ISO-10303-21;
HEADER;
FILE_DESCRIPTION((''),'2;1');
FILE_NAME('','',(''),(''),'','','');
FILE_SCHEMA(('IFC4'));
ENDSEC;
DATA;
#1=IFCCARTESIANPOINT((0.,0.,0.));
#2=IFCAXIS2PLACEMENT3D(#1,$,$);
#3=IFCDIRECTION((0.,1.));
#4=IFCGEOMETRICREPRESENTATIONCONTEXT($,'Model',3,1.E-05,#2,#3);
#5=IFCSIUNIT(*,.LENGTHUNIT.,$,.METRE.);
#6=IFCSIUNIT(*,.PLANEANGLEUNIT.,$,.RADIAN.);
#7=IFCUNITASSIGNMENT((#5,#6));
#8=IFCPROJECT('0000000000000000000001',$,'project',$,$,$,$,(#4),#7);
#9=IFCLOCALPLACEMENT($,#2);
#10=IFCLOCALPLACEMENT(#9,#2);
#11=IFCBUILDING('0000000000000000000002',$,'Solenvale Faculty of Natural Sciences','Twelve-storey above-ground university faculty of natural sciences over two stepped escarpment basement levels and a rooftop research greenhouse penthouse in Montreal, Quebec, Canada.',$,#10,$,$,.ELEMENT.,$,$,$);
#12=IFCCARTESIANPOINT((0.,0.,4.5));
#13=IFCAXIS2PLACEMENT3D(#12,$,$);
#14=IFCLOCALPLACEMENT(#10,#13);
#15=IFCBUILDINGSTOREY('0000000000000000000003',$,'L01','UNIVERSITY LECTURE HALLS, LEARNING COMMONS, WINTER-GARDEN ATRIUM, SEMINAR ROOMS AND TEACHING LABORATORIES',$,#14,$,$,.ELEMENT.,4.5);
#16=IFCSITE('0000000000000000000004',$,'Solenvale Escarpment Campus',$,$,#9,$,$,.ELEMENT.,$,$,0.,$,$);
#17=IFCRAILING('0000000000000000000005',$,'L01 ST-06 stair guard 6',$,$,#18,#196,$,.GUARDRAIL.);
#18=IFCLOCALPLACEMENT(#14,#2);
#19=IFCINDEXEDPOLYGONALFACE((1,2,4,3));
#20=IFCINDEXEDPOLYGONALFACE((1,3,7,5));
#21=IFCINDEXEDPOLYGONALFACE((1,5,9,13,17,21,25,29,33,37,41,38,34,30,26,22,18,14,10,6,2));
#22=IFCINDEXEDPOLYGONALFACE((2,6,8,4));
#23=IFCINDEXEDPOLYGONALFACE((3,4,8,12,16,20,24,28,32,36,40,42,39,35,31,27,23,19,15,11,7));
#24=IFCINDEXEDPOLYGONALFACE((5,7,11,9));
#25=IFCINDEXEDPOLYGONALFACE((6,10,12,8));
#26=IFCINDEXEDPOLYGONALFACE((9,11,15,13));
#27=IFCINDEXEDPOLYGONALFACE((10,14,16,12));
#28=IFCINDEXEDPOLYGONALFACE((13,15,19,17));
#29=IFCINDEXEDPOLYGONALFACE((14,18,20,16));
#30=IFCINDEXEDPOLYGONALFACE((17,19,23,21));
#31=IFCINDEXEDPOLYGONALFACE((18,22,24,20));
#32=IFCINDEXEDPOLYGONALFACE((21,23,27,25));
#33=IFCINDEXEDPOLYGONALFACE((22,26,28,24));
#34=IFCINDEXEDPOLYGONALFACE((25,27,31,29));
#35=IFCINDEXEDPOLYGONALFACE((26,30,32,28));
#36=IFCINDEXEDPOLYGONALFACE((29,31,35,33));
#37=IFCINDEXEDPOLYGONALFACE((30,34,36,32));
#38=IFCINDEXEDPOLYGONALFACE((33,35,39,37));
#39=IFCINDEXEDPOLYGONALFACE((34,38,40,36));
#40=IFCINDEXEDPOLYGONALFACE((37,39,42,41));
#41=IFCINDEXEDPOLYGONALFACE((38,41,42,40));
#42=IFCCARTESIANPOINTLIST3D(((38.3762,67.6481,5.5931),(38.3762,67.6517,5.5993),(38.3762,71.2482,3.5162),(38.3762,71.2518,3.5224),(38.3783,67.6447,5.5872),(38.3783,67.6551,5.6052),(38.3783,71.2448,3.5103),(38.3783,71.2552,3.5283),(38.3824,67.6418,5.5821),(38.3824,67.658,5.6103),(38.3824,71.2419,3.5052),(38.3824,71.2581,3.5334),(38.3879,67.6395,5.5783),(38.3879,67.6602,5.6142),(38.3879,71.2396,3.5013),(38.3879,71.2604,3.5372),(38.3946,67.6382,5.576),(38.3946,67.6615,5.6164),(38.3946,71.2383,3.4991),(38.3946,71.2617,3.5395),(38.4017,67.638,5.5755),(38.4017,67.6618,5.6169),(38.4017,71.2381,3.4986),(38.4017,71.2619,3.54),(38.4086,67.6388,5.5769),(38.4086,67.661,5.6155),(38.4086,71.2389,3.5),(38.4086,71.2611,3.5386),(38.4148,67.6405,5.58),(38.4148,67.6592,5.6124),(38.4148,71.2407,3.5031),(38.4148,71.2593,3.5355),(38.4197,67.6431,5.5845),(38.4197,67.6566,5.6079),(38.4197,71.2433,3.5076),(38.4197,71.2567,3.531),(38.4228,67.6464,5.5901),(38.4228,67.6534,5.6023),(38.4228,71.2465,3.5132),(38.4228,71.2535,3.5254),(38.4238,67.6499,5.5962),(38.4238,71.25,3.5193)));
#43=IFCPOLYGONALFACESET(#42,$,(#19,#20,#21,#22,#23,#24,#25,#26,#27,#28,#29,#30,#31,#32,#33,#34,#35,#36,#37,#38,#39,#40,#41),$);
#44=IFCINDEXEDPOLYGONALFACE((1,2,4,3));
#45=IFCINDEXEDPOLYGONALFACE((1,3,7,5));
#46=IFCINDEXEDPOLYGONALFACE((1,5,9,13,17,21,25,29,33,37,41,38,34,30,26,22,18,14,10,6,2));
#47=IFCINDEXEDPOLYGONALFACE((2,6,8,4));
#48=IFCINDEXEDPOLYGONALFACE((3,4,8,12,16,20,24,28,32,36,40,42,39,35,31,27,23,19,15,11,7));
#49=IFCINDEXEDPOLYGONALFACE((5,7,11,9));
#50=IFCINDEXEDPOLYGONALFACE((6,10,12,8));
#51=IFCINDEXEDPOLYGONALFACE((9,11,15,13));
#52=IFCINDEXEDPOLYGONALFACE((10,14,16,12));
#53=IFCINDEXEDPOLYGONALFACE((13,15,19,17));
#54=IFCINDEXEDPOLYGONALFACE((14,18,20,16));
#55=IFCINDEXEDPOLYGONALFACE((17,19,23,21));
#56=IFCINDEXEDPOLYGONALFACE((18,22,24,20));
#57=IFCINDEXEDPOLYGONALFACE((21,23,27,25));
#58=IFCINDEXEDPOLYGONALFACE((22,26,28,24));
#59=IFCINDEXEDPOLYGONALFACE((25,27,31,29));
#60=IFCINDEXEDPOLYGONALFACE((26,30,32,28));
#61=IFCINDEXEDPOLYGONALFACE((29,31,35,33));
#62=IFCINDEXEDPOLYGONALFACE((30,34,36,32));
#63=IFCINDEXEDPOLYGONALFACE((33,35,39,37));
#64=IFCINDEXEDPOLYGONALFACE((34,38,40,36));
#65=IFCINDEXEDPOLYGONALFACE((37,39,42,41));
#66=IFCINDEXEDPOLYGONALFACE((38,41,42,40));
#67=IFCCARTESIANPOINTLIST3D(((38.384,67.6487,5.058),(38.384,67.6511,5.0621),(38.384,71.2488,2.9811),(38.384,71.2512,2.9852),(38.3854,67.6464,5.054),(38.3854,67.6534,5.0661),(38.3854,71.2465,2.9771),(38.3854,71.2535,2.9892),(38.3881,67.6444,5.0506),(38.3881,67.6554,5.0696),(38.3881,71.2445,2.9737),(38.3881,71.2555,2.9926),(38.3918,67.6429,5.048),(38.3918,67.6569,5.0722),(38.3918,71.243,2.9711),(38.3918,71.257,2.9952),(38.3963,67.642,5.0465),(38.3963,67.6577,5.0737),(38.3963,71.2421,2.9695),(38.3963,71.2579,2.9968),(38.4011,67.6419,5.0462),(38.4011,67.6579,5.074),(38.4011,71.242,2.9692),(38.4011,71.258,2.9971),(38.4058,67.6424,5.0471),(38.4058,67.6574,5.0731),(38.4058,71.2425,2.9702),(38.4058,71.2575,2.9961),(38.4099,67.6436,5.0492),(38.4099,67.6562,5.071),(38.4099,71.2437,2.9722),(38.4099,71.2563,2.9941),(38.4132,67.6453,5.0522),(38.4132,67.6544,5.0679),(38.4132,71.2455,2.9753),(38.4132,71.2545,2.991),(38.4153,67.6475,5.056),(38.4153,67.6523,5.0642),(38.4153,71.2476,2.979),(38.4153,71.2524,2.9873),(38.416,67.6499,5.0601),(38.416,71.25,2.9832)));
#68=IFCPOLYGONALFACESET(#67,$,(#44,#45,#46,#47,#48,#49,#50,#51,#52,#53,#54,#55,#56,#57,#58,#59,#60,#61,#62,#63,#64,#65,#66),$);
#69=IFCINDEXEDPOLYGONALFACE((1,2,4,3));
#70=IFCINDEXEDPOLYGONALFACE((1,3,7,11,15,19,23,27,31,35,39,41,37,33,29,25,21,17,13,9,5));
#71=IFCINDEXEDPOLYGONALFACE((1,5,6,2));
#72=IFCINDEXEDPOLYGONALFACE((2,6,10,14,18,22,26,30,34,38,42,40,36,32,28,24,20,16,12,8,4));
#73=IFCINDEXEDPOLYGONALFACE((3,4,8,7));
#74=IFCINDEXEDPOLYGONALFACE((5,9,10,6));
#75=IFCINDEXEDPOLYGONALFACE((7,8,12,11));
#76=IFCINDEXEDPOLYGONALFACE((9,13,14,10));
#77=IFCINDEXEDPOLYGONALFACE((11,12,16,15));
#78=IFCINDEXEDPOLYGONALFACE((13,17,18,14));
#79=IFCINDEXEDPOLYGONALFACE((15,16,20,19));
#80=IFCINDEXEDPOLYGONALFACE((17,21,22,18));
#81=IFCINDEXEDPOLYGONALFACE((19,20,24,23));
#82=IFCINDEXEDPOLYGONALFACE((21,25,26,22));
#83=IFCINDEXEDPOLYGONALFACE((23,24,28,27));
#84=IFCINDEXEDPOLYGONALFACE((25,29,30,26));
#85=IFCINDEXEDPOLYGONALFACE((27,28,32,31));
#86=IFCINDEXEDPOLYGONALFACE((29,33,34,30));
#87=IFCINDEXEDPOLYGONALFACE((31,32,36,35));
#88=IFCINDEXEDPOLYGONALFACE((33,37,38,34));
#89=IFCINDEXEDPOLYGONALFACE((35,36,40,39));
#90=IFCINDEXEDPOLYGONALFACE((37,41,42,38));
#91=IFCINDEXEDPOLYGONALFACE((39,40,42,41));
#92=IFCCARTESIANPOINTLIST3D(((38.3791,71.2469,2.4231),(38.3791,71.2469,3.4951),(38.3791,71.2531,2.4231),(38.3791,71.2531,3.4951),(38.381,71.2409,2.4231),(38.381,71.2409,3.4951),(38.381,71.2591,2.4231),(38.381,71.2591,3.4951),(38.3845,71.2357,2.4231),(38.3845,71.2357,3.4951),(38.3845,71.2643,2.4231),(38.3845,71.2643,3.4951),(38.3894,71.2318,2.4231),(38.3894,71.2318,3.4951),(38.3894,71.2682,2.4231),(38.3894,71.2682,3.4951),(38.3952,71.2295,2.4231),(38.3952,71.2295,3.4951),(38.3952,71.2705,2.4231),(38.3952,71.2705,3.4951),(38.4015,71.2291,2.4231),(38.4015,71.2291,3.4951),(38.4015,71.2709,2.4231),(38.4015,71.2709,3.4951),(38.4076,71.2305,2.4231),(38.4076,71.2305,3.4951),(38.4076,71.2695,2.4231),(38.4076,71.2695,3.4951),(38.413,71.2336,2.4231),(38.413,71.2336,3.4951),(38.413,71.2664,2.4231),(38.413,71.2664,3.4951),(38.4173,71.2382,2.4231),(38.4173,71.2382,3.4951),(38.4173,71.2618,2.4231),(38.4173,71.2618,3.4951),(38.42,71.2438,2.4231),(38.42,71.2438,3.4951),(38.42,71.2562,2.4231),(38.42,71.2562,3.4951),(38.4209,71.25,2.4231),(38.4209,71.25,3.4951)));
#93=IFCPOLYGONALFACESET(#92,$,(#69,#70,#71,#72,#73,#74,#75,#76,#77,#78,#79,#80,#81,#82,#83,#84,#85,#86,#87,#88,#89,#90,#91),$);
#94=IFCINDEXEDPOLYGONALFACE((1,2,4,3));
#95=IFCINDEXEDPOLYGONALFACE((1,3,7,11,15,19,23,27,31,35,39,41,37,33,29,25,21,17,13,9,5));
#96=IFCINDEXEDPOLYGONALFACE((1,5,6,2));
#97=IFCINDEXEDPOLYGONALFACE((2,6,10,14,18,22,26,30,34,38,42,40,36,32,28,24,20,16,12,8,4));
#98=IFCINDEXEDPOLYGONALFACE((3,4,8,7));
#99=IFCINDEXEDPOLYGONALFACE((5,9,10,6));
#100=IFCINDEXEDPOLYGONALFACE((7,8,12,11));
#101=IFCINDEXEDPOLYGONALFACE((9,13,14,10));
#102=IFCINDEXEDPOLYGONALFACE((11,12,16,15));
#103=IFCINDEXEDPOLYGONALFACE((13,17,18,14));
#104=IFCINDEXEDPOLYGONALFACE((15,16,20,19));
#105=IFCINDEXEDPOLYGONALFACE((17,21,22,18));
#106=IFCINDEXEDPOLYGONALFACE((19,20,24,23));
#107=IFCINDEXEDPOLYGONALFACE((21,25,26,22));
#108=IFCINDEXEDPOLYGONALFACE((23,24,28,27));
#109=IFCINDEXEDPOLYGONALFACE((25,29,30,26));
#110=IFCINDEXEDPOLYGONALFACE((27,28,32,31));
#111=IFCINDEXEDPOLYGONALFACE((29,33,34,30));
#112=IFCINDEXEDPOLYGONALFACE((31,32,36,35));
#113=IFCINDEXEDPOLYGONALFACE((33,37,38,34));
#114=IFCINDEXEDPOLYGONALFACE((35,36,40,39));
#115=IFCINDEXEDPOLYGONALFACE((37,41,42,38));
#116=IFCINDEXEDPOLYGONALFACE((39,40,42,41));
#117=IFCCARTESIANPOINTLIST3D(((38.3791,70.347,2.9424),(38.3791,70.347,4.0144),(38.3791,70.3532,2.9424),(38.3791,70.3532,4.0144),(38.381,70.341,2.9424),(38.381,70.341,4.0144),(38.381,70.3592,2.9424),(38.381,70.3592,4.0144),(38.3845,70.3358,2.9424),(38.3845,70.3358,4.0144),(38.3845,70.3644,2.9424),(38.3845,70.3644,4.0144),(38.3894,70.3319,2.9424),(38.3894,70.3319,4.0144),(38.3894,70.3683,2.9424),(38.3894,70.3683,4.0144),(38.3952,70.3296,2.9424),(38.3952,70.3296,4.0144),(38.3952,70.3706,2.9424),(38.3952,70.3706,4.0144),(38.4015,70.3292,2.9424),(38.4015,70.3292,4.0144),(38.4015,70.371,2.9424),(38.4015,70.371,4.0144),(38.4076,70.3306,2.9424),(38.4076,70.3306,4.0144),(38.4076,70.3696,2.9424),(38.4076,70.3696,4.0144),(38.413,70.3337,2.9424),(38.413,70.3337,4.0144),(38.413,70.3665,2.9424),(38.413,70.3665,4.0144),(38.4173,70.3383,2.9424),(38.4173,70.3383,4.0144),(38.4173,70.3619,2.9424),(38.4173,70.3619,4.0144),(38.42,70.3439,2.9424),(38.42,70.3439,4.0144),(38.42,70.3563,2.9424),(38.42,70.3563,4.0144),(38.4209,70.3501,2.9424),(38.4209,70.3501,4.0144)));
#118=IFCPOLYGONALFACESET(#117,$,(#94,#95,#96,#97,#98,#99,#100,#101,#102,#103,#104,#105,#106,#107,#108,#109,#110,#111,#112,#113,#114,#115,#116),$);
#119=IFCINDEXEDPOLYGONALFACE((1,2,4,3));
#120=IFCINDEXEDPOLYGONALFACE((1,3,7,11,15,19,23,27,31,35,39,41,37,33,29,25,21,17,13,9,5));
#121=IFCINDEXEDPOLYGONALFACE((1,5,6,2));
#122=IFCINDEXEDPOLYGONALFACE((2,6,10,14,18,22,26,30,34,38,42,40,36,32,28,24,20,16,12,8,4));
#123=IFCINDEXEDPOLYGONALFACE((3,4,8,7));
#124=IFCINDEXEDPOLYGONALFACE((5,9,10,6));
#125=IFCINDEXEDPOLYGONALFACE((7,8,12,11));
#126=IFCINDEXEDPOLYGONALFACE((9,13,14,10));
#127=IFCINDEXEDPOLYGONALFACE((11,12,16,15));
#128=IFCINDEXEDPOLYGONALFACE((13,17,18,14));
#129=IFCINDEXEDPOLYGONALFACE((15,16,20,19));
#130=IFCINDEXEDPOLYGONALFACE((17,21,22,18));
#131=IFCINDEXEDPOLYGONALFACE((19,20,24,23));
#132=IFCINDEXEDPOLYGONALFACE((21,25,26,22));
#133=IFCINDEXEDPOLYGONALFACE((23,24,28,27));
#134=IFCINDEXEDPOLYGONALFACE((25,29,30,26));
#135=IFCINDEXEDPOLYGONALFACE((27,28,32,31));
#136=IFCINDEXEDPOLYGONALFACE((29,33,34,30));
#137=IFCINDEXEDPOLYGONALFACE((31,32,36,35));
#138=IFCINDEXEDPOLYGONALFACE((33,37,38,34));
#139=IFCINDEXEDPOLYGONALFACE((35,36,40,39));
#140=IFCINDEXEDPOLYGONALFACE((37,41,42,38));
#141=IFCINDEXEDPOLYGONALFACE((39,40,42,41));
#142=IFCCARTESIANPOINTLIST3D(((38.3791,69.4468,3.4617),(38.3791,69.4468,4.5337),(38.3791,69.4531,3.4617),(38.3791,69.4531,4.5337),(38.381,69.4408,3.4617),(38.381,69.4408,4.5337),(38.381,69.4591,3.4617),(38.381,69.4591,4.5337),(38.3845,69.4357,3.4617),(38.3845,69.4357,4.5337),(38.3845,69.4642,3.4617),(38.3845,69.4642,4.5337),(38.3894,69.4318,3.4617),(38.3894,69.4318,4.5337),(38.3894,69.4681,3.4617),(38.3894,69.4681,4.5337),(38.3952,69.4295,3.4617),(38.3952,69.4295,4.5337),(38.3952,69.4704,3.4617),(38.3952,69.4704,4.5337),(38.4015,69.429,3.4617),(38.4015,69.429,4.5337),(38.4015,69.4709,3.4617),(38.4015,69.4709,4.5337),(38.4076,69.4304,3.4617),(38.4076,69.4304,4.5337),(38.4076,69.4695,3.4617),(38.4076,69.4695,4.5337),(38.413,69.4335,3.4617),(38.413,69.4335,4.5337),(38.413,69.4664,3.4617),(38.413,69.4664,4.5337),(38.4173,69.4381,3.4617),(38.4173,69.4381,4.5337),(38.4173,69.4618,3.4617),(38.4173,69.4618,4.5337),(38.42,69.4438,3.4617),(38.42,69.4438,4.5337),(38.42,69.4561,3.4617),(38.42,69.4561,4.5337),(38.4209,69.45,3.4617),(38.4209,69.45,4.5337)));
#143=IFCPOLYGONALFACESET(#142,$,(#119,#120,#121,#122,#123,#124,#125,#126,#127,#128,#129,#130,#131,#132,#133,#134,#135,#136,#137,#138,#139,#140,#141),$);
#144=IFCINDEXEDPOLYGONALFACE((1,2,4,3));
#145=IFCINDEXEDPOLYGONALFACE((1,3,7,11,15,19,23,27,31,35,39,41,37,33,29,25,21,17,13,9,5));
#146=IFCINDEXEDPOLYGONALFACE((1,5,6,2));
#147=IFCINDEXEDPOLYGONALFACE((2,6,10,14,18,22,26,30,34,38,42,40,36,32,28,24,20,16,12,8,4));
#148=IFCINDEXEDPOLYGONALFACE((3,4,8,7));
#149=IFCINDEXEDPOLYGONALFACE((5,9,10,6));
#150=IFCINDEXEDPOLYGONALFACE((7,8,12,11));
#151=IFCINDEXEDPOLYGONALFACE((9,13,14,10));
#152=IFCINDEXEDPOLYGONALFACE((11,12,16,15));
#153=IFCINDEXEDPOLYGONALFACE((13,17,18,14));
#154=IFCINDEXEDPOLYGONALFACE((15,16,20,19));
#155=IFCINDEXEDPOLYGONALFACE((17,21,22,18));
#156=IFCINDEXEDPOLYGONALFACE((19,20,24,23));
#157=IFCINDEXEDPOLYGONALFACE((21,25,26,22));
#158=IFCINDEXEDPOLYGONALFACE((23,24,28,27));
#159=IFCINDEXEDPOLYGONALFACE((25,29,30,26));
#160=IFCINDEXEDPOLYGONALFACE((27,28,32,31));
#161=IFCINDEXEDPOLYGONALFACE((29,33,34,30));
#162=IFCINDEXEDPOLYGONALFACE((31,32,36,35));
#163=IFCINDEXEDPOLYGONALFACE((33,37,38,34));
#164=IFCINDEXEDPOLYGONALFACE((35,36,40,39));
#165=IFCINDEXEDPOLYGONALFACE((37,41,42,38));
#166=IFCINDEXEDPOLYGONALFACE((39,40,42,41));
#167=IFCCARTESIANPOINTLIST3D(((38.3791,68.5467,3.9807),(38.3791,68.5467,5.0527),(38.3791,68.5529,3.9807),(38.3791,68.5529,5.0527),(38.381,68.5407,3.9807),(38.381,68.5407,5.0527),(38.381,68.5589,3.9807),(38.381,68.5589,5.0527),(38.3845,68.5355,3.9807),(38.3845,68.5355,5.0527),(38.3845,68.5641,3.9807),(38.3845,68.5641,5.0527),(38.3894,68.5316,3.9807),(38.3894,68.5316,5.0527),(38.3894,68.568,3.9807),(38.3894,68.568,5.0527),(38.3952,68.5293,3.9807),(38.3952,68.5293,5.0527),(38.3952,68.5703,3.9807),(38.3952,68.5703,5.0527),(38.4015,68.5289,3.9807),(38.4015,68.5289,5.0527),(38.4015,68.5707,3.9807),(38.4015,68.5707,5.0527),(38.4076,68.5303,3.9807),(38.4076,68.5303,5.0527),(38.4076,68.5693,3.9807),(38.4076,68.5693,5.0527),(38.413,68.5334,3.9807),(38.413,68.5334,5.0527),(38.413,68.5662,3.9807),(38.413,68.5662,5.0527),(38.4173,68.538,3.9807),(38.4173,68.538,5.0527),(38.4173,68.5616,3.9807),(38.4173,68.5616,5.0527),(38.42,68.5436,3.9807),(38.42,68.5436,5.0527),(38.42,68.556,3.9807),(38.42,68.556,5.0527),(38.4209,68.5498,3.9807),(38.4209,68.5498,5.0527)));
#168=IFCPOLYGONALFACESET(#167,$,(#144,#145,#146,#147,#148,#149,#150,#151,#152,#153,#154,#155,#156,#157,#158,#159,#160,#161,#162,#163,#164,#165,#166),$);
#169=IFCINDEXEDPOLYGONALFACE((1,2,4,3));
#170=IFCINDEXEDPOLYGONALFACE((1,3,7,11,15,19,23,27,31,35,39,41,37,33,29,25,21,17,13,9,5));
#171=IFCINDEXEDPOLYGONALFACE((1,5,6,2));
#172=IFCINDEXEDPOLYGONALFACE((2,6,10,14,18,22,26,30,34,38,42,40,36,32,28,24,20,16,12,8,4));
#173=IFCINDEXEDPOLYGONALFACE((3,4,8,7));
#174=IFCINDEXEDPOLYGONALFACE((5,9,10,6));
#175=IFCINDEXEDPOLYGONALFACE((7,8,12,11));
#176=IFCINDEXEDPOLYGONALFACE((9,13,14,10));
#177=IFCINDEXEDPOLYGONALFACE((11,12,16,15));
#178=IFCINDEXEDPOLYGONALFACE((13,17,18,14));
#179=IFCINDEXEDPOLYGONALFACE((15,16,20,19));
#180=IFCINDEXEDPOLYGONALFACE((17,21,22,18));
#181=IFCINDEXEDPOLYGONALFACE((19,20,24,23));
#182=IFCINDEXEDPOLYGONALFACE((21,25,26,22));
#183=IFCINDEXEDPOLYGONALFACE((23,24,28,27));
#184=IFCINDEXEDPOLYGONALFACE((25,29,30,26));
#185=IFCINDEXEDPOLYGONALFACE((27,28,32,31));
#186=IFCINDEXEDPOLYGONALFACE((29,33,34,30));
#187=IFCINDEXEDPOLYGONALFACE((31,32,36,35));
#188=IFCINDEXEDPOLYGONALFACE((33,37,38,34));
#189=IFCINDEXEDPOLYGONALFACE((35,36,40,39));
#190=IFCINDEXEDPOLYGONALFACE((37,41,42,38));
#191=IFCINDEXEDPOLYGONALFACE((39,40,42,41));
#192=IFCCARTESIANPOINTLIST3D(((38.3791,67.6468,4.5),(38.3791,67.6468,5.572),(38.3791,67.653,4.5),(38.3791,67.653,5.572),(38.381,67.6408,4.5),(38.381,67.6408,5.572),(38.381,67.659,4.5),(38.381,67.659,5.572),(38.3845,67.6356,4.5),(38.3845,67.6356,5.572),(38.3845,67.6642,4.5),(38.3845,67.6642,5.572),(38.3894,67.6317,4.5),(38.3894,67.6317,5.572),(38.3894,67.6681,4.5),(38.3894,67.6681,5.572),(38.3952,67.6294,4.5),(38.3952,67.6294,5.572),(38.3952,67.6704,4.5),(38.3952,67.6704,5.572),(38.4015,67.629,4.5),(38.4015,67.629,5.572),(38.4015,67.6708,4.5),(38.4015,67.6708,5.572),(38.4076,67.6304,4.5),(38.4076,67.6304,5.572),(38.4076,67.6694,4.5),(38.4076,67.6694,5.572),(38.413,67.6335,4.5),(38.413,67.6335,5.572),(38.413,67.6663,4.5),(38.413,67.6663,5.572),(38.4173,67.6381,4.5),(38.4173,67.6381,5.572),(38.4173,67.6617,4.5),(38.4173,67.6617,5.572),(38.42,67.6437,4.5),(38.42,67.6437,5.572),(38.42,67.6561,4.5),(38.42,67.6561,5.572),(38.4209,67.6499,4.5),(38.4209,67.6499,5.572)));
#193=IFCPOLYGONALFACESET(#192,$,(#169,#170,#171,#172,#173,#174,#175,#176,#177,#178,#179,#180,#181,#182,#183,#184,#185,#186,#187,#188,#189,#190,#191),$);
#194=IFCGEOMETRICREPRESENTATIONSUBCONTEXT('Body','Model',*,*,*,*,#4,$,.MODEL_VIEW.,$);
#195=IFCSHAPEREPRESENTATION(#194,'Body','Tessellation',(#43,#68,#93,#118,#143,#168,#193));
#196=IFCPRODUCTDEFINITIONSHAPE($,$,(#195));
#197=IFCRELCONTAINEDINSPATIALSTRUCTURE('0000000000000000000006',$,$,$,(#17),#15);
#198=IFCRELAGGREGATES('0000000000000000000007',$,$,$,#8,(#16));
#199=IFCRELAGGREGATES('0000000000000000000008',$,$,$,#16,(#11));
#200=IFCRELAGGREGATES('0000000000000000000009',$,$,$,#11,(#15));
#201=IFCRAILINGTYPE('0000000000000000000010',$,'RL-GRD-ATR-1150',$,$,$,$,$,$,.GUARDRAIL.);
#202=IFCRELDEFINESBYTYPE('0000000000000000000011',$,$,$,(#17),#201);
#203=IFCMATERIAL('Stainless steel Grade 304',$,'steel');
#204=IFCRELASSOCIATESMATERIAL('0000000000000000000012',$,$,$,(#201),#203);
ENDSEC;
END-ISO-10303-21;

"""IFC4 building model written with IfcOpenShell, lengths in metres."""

from ifc_helpers import new_model, si_unit, direction, frame, origin, origin_2d, place, context, subcontext, project, spatial, circle, extrude, material, type_object, element, save


model = new_model("IFC4")

# Units and contexts
model_context = context("Model", 3, precision=1e-05, world=origin(), true_north=direction((0.0, 1.0)))
body_context = subcontext(model_context, "Body", "Model", "MODEL_VIEW")
ifc_project = project(units=[si_unit("LENGTHUNIT", "METRE"), si_unit("PLANEANGLEUNIT", "RADIAN")], contexts=[model_context])

# Site, building, storey
site_placement = place(None, origin())
site = spatial("IfcSite", under=ifc_project, at=site_placement, Name="Solenvale Escarpment Campus", CompositionType="ELEMENT", RefElevation=0.0)
building_placement = place(site_placement, origin())
building = spatial("IfcBuilding", under=site, at=building_placement, Name="Solenvale Faculty of Natural Sciences", Description="Twelve-storey above-ground university faculty of natural sciences over two stepped escarpment basement levels and a rooftop research greenhouse penthouse in Montreal, Quebec, Canada.", CompositionType="ELEMENT")
storey_placement = place(building_placement, frame((0.0, 0.0, 4.5)))
storey = spatial("IfcBuildingStorey", under=building, at=storey_placement, Name="L01", Description="UNIVERSITY LECTURE HALLS, LEARNING COMMONS, WINTER-GARDEN ATRIUM, SEMINAR ROOMS AND TEACHING LABORATORIES", CompositionType="ELEMENT", Elevation=4.5)

# Railing
ifc_material_1 = material(Name="Stainless steel Grade 304", Category="steel")
railing_type_1 = type_object("IfcRailingType", Name="RL-GRD-ATR-1150", PredefinedType="GUARDRAIL", material=ifc_material_1)
railing_1_placement = place(storey_placement, frame((38.3999, 71.25, 2.4231)))
element("IfcRailing", 1, at=railing_1_placement, inside=storey, type_object=railing_type_1, Name="L01 ST-06 stair guard 6", PredefinedType="GUARDRAIL", context=body_context, shape_type="SweptSolid", body=[
    extrude(circle(Radius=0.0239, at=origin_2d()), frame((0.0, 0.0, 1.0962), z_axis=(0.0, -0.866193, 0.499709), x_axis=(1.0, 0.0, 0.0)), (0.0, 0.0, 1.0), 4.1562),
    extrude(circle(Radius=0.0161, at=origin_2d()), frame((0.0, 0.0, 0.5601), z_axis=(0.0, -0.866193, 0.499709), x_axis=(1.0, 0.0, 0.0)), (0.0, 0.0, 1.0), 4.1562),
    extrude(circle(Radius=0.021, at=origin_2d()), origin(), (0.0, 0.0, 1.0), 1.072),
    extrude(circle(Radius=0.021, at=origin_2d()), frame((0.0, -0.8999, 0.5193)), (0.0, 0.0, 1.0), 1.072),
    extrude(circle(Radius=0.021, at=origin_2d()), frame((0.0, -1.8, 1.0386)), (0.0, 0.0, 1.0), 1.072),
    extrude(circle(Radius=0.021, at=origin_2d()), frame((0.0, -2.7002, 1.5576)), (0.0, 0.0, 1.0), 1.072),
    extrude(circle(Radius=0.021, at=origin_2d()), frame((0.0, -3.6001, 2.0769)), (0.0, 0.0, 1.0), 1.072),
])

save(model, "model.ifc")
